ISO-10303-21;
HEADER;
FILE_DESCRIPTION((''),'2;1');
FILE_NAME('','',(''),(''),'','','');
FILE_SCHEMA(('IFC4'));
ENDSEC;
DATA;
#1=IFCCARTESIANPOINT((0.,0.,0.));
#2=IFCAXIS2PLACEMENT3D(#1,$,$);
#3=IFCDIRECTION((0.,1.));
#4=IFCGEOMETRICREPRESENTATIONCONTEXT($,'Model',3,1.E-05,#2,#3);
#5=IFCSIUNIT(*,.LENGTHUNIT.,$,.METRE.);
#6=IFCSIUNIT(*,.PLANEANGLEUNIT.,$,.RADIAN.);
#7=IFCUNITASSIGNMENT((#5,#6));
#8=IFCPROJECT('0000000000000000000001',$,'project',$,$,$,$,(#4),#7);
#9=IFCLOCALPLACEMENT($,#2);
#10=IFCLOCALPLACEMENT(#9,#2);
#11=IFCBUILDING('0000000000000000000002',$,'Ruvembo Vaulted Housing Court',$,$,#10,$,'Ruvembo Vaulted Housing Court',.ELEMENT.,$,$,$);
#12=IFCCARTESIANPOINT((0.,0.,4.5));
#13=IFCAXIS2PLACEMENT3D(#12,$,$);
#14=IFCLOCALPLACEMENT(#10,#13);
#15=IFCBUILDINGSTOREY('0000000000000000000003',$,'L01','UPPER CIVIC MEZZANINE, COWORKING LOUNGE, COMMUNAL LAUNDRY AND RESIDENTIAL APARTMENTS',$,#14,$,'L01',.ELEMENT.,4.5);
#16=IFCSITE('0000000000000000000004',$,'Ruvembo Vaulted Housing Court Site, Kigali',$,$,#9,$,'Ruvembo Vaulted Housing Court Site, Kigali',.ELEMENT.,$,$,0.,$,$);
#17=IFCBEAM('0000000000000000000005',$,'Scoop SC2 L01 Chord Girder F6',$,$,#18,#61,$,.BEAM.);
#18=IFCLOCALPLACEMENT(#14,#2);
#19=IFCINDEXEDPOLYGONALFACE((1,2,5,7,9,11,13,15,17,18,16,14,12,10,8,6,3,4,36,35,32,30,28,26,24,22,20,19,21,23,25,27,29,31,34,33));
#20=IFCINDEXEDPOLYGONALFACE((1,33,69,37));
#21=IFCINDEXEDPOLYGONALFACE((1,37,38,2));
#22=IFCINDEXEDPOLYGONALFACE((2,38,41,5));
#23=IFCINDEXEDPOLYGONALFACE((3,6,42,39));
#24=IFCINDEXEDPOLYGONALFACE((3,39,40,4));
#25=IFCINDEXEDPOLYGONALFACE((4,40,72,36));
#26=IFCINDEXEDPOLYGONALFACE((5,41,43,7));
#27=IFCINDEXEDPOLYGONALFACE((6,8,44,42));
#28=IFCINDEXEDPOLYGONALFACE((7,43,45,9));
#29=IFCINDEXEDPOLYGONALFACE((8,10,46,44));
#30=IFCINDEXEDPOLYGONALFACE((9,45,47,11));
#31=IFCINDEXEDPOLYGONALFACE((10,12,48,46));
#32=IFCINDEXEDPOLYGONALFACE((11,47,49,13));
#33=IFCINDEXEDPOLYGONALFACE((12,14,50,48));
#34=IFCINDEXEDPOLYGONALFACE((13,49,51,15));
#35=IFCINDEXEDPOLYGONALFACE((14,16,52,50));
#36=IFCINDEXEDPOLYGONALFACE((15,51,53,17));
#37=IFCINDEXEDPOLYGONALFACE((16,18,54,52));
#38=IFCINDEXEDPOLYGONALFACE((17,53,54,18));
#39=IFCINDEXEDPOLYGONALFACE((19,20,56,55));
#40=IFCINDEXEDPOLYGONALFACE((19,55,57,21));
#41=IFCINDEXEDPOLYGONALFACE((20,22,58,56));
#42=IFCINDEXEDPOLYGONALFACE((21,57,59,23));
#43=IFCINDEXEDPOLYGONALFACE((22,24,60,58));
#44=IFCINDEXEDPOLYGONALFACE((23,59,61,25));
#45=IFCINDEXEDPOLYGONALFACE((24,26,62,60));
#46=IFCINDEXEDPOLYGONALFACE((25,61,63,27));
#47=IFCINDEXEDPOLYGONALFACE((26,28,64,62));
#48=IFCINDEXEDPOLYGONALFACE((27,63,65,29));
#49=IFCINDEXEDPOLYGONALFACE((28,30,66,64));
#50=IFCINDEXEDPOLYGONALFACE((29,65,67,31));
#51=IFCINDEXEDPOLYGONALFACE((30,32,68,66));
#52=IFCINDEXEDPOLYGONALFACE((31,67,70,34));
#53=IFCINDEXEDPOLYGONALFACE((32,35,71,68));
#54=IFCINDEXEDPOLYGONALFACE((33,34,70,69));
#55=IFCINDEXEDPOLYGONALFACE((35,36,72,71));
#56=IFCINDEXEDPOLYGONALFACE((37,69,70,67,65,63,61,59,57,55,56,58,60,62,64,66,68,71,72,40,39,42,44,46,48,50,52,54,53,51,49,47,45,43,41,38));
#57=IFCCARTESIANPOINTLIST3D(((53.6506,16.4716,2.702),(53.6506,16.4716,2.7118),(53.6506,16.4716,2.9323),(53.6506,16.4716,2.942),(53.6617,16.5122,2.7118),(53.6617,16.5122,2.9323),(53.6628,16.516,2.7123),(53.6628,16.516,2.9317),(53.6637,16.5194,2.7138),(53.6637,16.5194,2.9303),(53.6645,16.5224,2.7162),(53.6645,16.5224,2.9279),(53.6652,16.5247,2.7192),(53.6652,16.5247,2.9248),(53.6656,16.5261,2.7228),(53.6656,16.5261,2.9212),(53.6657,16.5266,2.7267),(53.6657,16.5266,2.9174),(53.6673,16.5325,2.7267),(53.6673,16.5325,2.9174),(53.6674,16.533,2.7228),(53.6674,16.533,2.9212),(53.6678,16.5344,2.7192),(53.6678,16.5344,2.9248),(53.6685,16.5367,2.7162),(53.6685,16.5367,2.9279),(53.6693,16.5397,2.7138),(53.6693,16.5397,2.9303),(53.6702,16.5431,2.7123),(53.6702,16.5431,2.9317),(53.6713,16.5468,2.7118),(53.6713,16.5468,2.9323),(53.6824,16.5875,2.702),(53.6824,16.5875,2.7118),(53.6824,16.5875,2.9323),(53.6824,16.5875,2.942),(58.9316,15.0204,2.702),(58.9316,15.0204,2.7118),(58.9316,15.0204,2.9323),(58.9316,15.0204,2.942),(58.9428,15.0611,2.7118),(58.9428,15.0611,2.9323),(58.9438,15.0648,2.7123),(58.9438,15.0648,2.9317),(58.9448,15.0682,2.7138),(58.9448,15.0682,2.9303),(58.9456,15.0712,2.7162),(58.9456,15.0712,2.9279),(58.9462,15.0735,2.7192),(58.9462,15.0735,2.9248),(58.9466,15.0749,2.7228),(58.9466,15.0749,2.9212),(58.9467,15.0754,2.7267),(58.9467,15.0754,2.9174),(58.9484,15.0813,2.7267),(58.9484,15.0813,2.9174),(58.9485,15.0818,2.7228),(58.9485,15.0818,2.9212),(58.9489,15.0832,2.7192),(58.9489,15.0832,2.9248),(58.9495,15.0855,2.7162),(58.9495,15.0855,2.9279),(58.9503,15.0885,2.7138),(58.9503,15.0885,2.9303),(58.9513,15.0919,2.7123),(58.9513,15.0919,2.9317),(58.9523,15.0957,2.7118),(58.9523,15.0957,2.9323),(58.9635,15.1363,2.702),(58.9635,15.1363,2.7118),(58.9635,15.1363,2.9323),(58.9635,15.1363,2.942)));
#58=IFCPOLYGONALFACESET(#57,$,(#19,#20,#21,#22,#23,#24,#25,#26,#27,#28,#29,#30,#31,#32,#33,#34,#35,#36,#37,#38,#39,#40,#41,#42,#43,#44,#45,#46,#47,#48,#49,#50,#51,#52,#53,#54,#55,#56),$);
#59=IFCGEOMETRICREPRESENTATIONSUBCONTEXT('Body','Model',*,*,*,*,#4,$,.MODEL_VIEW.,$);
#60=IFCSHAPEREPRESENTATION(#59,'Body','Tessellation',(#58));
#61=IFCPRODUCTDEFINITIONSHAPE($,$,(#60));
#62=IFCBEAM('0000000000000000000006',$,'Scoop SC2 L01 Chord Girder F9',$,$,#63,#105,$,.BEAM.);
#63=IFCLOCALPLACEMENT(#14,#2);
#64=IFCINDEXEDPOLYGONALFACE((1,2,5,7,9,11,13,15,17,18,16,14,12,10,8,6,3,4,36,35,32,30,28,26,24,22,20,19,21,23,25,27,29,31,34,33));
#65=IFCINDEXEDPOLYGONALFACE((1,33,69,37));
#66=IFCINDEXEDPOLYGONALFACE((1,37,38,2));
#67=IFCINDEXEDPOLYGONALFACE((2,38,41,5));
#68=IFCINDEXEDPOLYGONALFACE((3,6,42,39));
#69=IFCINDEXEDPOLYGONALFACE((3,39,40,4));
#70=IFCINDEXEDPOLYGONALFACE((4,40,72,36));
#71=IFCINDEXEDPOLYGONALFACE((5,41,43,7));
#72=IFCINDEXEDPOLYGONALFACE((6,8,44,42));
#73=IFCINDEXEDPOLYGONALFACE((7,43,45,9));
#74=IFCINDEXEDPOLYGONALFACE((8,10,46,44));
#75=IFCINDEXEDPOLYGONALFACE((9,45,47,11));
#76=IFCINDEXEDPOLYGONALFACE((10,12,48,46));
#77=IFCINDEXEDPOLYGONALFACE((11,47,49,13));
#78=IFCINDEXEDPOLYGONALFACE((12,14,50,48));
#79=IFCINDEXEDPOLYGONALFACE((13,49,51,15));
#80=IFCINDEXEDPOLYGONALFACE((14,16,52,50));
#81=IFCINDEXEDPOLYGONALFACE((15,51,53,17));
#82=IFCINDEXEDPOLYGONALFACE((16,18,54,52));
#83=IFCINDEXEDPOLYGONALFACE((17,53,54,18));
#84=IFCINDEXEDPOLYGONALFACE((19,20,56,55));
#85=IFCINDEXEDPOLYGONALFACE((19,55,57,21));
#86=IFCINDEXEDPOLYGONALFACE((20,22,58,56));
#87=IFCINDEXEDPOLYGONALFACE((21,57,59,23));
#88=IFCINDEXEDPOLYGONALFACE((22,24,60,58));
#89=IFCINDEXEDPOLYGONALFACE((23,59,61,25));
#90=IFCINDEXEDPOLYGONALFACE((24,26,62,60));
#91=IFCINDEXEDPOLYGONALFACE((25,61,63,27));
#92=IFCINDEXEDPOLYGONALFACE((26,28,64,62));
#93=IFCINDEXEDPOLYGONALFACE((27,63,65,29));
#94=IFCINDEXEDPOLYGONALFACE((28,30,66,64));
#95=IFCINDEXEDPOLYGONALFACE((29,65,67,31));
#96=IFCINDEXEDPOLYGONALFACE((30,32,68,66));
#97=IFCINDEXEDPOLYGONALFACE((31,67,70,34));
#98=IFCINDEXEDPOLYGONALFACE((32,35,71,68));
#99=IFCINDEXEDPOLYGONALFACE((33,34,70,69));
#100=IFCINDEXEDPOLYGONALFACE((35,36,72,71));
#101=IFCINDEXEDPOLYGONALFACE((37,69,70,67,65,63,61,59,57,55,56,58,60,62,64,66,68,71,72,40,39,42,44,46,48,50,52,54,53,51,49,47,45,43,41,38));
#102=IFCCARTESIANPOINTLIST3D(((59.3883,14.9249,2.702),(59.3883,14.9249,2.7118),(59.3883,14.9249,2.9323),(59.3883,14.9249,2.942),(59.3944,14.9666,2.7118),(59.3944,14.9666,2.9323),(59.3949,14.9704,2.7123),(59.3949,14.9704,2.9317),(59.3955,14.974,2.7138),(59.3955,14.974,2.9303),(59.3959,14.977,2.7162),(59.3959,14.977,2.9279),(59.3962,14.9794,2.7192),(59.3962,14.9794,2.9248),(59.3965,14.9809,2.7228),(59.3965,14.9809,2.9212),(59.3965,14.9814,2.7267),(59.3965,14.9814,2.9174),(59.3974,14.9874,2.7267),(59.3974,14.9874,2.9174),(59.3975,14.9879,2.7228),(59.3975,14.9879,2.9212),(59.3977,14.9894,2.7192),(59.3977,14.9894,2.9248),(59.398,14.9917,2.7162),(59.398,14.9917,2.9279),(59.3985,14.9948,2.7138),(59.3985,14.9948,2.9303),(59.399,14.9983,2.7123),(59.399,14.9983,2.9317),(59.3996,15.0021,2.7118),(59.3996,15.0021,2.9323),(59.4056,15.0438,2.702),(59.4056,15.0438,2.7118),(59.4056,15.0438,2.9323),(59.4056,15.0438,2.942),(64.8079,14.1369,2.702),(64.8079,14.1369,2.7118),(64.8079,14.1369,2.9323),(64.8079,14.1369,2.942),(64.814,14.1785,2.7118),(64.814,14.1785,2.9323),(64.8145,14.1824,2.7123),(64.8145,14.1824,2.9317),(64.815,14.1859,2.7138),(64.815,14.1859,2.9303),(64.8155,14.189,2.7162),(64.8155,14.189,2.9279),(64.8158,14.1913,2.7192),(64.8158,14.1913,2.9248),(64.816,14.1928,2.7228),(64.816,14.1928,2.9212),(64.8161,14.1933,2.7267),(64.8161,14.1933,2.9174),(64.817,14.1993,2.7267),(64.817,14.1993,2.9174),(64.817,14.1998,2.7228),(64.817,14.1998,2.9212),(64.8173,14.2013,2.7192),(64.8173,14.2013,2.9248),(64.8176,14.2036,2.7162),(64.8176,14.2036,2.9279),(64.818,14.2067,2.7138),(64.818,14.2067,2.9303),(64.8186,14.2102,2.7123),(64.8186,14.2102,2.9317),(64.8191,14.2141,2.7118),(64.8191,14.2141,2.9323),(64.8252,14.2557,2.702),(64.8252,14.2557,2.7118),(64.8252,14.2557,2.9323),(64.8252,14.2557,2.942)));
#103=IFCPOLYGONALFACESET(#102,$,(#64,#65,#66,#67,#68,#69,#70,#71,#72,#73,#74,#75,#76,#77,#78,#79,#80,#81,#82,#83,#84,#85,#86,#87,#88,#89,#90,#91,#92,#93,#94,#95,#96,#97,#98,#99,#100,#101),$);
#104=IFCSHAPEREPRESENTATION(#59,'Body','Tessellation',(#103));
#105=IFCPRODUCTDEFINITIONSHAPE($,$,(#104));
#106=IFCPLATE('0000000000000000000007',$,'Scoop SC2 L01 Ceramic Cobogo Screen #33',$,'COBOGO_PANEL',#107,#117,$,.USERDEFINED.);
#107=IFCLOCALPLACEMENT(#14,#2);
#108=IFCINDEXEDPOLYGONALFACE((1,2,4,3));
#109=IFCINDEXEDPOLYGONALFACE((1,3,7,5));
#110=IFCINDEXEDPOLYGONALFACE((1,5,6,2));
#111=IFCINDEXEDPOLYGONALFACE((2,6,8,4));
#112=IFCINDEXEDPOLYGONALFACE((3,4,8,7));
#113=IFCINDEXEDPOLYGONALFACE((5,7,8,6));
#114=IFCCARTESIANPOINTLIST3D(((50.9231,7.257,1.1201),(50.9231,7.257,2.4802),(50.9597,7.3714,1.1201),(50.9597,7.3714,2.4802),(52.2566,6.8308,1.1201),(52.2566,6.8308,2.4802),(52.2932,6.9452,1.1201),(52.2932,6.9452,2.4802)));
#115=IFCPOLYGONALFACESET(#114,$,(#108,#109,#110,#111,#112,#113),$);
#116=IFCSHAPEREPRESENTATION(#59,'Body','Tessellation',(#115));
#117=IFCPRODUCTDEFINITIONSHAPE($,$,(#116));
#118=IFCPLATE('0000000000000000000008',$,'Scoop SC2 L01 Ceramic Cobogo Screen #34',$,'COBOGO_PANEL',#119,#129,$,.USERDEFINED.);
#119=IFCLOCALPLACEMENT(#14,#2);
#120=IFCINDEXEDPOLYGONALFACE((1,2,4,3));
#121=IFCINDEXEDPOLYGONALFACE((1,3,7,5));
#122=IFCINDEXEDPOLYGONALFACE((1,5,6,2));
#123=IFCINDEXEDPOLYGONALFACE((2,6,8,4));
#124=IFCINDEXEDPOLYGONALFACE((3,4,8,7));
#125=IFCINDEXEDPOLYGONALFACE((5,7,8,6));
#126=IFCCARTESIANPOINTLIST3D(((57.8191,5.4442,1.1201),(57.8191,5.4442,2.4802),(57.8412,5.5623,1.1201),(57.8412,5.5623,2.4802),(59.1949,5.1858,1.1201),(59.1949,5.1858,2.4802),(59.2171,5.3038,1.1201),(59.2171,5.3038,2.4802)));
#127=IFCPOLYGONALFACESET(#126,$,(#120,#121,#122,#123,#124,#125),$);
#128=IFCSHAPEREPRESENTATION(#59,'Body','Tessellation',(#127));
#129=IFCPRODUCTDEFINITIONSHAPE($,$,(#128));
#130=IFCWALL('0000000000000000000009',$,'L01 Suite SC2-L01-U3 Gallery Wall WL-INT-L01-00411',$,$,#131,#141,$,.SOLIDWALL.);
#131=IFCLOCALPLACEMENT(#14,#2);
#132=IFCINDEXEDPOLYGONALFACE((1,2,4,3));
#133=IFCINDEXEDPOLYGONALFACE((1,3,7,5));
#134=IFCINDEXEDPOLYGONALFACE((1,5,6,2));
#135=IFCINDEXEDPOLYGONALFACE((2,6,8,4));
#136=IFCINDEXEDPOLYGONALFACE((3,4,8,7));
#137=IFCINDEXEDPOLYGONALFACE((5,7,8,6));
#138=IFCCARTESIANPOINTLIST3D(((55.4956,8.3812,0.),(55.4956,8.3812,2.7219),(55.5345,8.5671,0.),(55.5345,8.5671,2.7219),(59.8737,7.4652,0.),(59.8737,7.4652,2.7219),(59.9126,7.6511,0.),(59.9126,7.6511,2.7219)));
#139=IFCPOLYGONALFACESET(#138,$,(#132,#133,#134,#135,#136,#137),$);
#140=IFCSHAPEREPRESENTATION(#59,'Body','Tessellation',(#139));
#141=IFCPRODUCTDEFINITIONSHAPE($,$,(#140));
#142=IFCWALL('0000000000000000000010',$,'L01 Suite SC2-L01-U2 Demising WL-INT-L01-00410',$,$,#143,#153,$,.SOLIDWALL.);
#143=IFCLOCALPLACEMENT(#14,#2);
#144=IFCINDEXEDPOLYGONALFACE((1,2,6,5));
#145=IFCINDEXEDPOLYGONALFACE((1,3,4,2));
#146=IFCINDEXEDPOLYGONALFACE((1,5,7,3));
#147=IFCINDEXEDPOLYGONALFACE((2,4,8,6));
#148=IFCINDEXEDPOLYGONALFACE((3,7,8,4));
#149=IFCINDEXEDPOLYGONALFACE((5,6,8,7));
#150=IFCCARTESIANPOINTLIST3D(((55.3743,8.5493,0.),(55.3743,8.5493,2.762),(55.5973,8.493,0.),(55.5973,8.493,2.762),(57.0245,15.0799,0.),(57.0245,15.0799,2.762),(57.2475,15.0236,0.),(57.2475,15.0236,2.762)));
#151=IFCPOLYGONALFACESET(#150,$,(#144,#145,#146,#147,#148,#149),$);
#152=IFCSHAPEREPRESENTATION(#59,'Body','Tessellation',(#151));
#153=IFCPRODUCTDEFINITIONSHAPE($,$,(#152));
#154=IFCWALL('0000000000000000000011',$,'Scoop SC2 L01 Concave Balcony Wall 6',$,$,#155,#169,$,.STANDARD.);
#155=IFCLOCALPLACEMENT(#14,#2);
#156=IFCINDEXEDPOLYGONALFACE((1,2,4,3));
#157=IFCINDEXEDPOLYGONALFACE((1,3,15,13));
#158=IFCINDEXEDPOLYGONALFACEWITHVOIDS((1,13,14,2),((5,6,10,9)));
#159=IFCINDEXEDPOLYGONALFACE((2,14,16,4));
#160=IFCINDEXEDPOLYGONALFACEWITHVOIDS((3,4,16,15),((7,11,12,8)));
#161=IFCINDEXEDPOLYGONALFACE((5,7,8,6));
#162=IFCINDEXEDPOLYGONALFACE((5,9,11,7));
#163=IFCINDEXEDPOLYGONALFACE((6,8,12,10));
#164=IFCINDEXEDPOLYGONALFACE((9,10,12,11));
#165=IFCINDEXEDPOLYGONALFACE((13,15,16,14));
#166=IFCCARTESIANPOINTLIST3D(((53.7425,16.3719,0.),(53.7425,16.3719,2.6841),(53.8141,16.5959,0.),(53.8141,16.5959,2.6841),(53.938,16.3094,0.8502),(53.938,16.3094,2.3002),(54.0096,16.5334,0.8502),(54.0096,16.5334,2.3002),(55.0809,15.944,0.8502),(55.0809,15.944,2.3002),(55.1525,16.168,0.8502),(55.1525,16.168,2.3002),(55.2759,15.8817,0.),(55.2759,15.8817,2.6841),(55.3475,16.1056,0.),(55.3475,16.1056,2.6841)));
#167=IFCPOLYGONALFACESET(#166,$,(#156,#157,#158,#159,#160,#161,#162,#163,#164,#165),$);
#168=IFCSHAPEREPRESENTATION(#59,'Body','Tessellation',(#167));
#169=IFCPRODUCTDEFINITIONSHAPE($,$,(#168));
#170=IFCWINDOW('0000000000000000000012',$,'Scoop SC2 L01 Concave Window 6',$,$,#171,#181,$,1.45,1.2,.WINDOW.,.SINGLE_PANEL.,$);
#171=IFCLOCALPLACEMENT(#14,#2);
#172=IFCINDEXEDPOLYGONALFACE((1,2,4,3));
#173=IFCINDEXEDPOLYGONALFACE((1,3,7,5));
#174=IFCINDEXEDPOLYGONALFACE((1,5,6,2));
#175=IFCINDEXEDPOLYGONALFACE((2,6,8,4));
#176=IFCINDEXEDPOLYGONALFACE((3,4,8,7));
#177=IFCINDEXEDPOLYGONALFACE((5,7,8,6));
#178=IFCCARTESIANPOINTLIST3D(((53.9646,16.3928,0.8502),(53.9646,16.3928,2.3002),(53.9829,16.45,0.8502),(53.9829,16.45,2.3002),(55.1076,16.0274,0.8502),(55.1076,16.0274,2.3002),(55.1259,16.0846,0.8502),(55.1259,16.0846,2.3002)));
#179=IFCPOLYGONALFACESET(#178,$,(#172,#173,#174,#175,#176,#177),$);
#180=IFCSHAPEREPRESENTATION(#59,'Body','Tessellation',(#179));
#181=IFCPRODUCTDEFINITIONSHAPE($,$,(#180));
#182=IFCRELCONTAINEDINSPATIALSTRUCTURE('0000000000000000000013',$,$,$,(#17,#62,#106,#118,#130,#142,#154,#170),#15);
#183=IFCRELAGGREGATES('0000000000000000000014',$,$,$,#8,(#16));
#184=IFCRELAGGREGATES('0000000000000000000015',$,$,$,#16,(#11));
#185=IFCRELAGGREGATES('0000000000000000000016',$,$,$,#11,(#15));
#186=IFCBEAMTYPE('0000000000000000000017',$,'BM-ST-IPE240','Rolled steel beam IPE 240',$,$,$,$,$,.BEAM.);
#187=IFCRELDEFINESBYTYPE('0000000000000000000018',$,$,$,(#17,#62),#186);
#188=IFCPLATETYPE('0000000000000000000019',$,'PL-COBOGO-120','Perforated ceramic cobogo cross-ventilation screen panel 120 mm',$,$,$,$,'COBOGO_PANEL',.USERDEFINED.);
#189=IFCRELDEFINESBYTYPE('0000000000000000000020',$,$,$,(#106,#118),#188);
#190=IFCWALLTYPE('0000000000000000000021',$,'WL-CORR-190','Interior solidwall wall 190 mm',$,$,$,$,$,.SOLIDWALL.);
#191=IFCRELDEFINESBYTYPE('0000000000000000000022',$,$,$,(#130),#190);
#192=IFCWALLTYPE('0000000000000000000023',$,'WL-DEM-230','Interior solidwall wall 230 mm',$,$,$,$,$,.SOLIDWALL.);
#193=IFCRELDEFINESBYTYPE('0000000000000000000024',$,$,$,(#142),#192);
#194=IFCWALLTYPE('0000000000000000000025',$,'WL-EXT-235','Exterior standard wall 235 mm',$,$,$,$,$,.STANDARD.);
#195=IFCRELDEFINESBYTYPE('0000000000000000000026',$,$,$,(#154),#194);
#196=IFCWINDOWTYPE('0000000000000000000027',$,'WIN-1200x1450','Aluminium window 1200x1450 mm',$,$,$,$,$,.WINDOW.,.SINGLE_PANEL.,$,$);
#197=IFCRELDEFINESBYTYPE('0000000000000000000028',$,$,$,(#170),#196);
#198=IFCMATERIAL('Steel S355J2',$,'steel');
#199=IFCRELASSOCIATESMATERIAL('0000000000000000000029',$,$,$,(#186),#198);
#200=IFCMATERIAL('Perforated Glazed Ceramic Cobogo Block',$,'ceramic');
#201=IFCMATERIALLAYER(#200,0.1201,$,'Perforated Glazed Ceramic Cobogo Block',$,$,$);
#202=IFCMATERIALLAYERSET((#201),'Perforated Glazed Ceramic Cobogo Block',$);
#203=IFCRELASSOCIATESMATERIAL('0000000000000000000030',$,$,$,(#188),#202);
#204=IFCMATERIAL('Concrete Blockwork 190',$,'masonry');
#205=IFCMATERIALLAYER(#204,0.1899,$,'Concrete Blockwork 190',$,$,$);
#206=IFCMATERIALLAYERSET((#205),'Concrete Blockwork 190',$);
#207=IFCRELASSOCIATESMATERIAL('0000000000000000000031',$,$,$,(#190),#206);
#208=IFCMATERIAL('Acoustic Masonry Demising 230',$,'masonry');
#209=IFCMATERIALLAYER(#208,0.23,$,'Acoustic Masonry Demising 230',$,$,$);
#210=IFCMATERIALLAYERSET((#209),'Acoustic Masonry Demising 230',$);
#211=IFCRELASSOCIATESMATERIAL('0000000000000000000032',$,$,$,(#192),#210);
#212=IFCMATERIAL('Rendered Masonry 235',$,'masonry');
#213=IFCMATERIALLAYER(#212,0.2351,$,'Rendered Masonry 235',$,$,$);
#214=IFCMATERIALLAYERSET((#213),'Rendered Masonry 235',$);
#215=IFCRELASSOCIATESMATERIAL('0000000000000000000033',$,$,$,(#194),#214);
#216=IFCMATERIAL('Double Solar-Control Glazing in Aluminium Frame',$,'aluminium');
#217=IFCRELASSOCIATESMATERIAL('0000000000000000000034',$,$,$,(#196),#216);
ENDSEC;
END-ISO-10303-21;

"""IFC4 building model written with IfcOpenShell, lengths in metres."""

from ifc_helpers import new_model, si_unit, direction, frame, frame_2d, origin, origin_2d, place, context, subcontext, project, spatial, rectangle, i_section, extrude, material, layer, layer_set, material_profile, profile_set, type_object, element, fill, save


model = new_model("IFC4")

# Units and contexts
model_context = context("Model", 3, precision=1e-05, world=origin(), true_north=direction((0.0, 1.0)))
body_context = subcontext(model_context, "Body", "Model", "MODEL_VIEW")
ifc_project = project(units=[si_unit("LENGTHUNIT", "METRE"), si_unit("PLANEANGLEUNIT", "RADIAN")], contexts=[model_context])

# Site, building, storey
site_placement = place(None, origin())
site = spatial("IfcSite", under=ifc_project, at=site_placement, Name="Ruvembo Vaulted Housing Court Site, Kigali", LongName="Ruvembo Vaulted Housing Court Site, Kigali", CompositionType="ELEMENT", RefElevation=0.0)
building_placement = place(site_placement, origin())
building = spatial("IfcBuilding", under=site, at=building_placement, Name="Ruvembo Vaulted Housing Court", LongName="Ruvembo Vaulted Housing Court", CompositionType="ELEMENT")
storey_placement = place(building_placement, frame((0.0, 0.0, 4.5)))
storey = spatial("IfcBuildingStorey", under=building, at=storey_placement, Name="L01", Description="UPPER CIVIC MEZZANINE, COWORKING LOUNGE, COMMUNAL LAUNDRY AND RESIDENTIAL APARTMENTS", LongName="L01", CompositionType="ELEMENT", Elevation=4.5)

# Beams
ifc_material_1 = material(Name="Steel S355J2", Category="steel")
ifc_material_profile_1 = material_profile(ifc_material_1, i_section(OverallWidth=0.1201, OverallDepth=0.24, WebThickness=0.0061, FlangeThickness=0.0098, FilletRadius=0.0149, at=origin_2d()), Name="IPE 240")
ifc_profile_set_1 = profile_set([ifc_material_profile_1], Name="Steel S355J2")
beam_type_1 = type_object("IfcBeamType", Name="BM-ST-IPE240", Description="Rolled steel beam IPE 240", PredefinedType="BEAM", material=ifc_profile_set_1)
beam_1_placement = place(storey_placement, frame((53.6665, 16.5295, 2.822), z_axis=(0.964257, -0.264969, 0.0), x_axis=(0.264969, 0.964257, 0.0)))
element("IfcBeam", 1, at=beam_1_placement, inside=storey, type_object=beam_type_1, Name="Scoop SC2 L01 Chord Girder F6", PredefinedType="BEAM", context=body_context, shape_type="SweptSolid", body=[
    extrude(i_section(OverallWidth=0.1201, OverallDepth=0.24, WebThickness=0.0061, FlangeThickness=0.0098, FilletRadius=0.0149, at=origin_2d()), origin(), (0.0, 0.0, 1.0), 5.4768),
])
beam_2_placement = place(storey_placement, frame((59.397, 14.9844, 2.822), z_axis=(0.989592, -0.143899, 0.0), x_axis=(0.143899, 0.989592, 0.0)))
element("IfcBeam", 2, at=beam_2_placement, inside=storey, type_object=beam_type_1, Name="Scoop SC2 L01 Chord Girder F9", PredefinedType="BEAM", context=body_context, shape_type="SweptSolid", body=[
    extrude(i_section(OverallWidth=0.1201, OverallDepth=0.24, WebThickness=0.0061, FlangeThickness=0.0098, FilletRadius=0.0149, at=origin_2d()), origin(), (0.0, 0.0, 1.0), 5.4766),
])

# Plates
ifc_material_2 = material(Name="Perforated Glazed Ceramic Cobogo Block", Category="ceramic")
ifc_layer_1 = layer(ifc_material_2, 0.1201, Name="Perforated Glazed Ceramic Cobogo Block")
ifc_layer_set_1 = layer_set([ifc_layer_1], Name="Perforated Glazed Ceramic Cobogo Block")
plate_type = type_object("IfcPlateType", Name="PL-COBOGO-120", Description="Perforated ceramic cobogo cross-ventilation screen panel 120 mm", ElementType="COBOGO_PANEL", PredefinedType="USERDEFINED", material=ifc_layer_set_1)
for number, where, z_axis, x_axis, name in (
    (3, (51.6082, 7.1011, 1.1201), (0.0, 0.0, 1.0), (0.952523, -0.304465, 0.0), "Scoop SC2 L01 Ceramic Cobogo Screen #33"),
    (4, (58.5181, 5.374, 1.1201), (0.0, 0.0, 1.0), (0.982816, -0.184586, 0.0), "Scoop SC2 L01 Ceramic Cobogo Screen #34"),
):
    element("IfcPlate", number, at=place(storey_placement, frame(where, z_axis=z_axis, x_axis=x_axis)), inside=storey, type_object=plate_type, Name=name, ObjectType="COBOGO_PANEL", PredefinedType="USERDEFINED", context=body_context, shape_type="SweptSolid", body=[
        extrude(rectangle(XDim=1.3999, YDim=0.1201, at=origin_2d()), origin(), (0.0, 0.0, 1.0), 1.3601),
    ])

# Walls
ifc_material_3 = material(Name="Concrete Blockwork 190", Category="masonry")
ifc_layer_2 = layer(ifc_material_3, 0.1899, Name="Concrete Blockwork 190")
ifc_layer_set_2 = layer_set([ifc_layer_2], Name="Concrete Blockwork 190")
wall_type_1 = type_object("IfcWallType", Name="WL-CORR-190", Description="Interior solidwall wall 190 mm", PredefinedType="SOLIDWALL", material=ifc_layer_set_2)
wall_1_placement = place(storey_placement, frame((55.5151, 8.4741, 0.0), z_axis=(0.0, 0.0, 1.0), x_axis=(0.978806, -0.204789, 0.0)))
element("IfcWall", 5, at=wall_1_placement, inside=storey, type_object=wall_type_1, Name="L01 Suite SC2-L01-U3 Gallery Wall WL-INT-L01-00411", PredefinedType="SOLIDWALL", context=body_context, shape_type="SweptSolid", body=[
    extrude(rectangle(XDim=4.4729, YDim=0.1899, at=frame_2d((2.2363, 0.0))), origin(), (0.0, 0.0, 1.0), 2.7219),
])
ifc_material_4 = material(Name="Acoustic Masonry Demising 230", Category="masonry")
ifc_layer_3 = layer(ifc_material_4, 0.23, Name="Acoustic Masonry Demising 230")
ifc_layer_set_3 = layer_set([ifc_layer_3], Name="Acoustic Masonry Demising 230")
wall_type_2 = type_object("IfcWallType", Name="WL-DEM-230", Description="Interior solidwall wall 230 mm", PredefinedType="SOLIDWALL", material=ifc_layer_set_3)
wall_2_placement = place(storey_placement, frame((57.136, 15.0518, 0.0), z_axis=(0.0, 0.0, 1.0), x_axis=(-0.244982, -0.969528, 0.0)))
element("IfcWall", 6, at=wall_2_placement, inside=storey, type_object=wall_type_2, Name="L01 Suite SC2-L01-U2 Demising WL-INT-L01-00410", PredefinedType="SOLIDWALL", context=body_context, shape_type="SweptSolid", body=[
    extrude(rectangle(XDim=6.7358, YDim=0.23, at=frame_2d((3.3679, 0.0))), origin(), (0.0, 0.0, 1.0), 2.762),
])

# Wall, opening, window
ifc_material_5 = material(Name="Rendered Masonry 235", Category="masonry")
ifc_layer_4 = layer(ifc_material_5, 0.2351, Name="Rendered Masonry 235")
ifc_layer_set_4 = layer_set([ifc_layer_4], Name="Rendered Masonry 235")
wall_type_3 = type_object("IfcWallType", Name="WL-EXT-235", Description="Exterior standard wall 235 mm", PredefinedType="STANDARD", material=ifc_layer_set_4)
wall_3_placement = place(storey_placement, frame((53.7783, 16.4839, 0.0), z_axis=(0.0, 0.0, 1.0), x_axis=(0.952509, -0.304512, 0.0)))
wall_3 = element("IfcWall", 7, at=wall_3_placement, inside=storey, type_object=wall_type_3, Name="Scoop SC2 L01 Concave Balcony Wall 6", PredefinedType="STANDARD", context=body_context, shape_type="SweptSolid", body=[
    extrude(rectangle(XDim=1.6099, YDim=0.2351, at=frame_2d((0.8049, 0.0))), origin(), (0.0, 0.0, 1.0), 2.6841),
])
opening_1_placement = place(wall_3_placement, frame((0.2051, 0.0, 0.8501)))
opening_1 = element("IfcOpeningElement", 8, at=opening_1_placement, cuts=wall_3, PredefinedType="OPENING", context=body_context, shape_type="SweptSolid", body=[
    extrude(rectangle(XDim=1.2, YDim=1.45, at=frame_2d((0.6001, 0.7251))), frame((0.0, 0.1274, 0.0), z_axis=(0.0, -1.0, 0.0), x_axis=(1.0, 0.0, 0.0)), (0.0, 0.0, 1.0), 0.2551),
])
ifc_material_6 = material(Name="Double Solar-Control Glazing in Aluminium Frame", Category="aluminium")
window_type_1 = type_object("IfcWindowType", Name="WIN-1200x1450", Description="Aluminium window 1200x1450 mm", PartitioningType="SINGLE_PANEL", PredefinedType="WINDOW", material=ifc_material_6)
window_1_placement = place(opening_1_placement, origin())
window_1 = element("IfcWindow", 9, at=window_1_placement, inside=storey, type_object=window_type_1, Name="Scoop SC2 L01 Concave Window 6", OverallHeight=1.45, OverallWidth=1.2, PartitioningType="SINGLE_PANEL", PredefinedType="WINDOW", context=body_context, shape_type="SweptSolid", body=[
    extrude(rectangle(XDim=1.2, YDim=1.45, at=frame_2d((0.6001, 0.7251))), frame((0.0, 0.03, 0.0), z_axis=(0.0, -1.0, 0.0), x_axis=(1.0, 0.0, 0.0)), (0.0, 0.0, 1.0), 0.0601),
])
fill(opening_1, window_1)

save(model, "model.ifc")
